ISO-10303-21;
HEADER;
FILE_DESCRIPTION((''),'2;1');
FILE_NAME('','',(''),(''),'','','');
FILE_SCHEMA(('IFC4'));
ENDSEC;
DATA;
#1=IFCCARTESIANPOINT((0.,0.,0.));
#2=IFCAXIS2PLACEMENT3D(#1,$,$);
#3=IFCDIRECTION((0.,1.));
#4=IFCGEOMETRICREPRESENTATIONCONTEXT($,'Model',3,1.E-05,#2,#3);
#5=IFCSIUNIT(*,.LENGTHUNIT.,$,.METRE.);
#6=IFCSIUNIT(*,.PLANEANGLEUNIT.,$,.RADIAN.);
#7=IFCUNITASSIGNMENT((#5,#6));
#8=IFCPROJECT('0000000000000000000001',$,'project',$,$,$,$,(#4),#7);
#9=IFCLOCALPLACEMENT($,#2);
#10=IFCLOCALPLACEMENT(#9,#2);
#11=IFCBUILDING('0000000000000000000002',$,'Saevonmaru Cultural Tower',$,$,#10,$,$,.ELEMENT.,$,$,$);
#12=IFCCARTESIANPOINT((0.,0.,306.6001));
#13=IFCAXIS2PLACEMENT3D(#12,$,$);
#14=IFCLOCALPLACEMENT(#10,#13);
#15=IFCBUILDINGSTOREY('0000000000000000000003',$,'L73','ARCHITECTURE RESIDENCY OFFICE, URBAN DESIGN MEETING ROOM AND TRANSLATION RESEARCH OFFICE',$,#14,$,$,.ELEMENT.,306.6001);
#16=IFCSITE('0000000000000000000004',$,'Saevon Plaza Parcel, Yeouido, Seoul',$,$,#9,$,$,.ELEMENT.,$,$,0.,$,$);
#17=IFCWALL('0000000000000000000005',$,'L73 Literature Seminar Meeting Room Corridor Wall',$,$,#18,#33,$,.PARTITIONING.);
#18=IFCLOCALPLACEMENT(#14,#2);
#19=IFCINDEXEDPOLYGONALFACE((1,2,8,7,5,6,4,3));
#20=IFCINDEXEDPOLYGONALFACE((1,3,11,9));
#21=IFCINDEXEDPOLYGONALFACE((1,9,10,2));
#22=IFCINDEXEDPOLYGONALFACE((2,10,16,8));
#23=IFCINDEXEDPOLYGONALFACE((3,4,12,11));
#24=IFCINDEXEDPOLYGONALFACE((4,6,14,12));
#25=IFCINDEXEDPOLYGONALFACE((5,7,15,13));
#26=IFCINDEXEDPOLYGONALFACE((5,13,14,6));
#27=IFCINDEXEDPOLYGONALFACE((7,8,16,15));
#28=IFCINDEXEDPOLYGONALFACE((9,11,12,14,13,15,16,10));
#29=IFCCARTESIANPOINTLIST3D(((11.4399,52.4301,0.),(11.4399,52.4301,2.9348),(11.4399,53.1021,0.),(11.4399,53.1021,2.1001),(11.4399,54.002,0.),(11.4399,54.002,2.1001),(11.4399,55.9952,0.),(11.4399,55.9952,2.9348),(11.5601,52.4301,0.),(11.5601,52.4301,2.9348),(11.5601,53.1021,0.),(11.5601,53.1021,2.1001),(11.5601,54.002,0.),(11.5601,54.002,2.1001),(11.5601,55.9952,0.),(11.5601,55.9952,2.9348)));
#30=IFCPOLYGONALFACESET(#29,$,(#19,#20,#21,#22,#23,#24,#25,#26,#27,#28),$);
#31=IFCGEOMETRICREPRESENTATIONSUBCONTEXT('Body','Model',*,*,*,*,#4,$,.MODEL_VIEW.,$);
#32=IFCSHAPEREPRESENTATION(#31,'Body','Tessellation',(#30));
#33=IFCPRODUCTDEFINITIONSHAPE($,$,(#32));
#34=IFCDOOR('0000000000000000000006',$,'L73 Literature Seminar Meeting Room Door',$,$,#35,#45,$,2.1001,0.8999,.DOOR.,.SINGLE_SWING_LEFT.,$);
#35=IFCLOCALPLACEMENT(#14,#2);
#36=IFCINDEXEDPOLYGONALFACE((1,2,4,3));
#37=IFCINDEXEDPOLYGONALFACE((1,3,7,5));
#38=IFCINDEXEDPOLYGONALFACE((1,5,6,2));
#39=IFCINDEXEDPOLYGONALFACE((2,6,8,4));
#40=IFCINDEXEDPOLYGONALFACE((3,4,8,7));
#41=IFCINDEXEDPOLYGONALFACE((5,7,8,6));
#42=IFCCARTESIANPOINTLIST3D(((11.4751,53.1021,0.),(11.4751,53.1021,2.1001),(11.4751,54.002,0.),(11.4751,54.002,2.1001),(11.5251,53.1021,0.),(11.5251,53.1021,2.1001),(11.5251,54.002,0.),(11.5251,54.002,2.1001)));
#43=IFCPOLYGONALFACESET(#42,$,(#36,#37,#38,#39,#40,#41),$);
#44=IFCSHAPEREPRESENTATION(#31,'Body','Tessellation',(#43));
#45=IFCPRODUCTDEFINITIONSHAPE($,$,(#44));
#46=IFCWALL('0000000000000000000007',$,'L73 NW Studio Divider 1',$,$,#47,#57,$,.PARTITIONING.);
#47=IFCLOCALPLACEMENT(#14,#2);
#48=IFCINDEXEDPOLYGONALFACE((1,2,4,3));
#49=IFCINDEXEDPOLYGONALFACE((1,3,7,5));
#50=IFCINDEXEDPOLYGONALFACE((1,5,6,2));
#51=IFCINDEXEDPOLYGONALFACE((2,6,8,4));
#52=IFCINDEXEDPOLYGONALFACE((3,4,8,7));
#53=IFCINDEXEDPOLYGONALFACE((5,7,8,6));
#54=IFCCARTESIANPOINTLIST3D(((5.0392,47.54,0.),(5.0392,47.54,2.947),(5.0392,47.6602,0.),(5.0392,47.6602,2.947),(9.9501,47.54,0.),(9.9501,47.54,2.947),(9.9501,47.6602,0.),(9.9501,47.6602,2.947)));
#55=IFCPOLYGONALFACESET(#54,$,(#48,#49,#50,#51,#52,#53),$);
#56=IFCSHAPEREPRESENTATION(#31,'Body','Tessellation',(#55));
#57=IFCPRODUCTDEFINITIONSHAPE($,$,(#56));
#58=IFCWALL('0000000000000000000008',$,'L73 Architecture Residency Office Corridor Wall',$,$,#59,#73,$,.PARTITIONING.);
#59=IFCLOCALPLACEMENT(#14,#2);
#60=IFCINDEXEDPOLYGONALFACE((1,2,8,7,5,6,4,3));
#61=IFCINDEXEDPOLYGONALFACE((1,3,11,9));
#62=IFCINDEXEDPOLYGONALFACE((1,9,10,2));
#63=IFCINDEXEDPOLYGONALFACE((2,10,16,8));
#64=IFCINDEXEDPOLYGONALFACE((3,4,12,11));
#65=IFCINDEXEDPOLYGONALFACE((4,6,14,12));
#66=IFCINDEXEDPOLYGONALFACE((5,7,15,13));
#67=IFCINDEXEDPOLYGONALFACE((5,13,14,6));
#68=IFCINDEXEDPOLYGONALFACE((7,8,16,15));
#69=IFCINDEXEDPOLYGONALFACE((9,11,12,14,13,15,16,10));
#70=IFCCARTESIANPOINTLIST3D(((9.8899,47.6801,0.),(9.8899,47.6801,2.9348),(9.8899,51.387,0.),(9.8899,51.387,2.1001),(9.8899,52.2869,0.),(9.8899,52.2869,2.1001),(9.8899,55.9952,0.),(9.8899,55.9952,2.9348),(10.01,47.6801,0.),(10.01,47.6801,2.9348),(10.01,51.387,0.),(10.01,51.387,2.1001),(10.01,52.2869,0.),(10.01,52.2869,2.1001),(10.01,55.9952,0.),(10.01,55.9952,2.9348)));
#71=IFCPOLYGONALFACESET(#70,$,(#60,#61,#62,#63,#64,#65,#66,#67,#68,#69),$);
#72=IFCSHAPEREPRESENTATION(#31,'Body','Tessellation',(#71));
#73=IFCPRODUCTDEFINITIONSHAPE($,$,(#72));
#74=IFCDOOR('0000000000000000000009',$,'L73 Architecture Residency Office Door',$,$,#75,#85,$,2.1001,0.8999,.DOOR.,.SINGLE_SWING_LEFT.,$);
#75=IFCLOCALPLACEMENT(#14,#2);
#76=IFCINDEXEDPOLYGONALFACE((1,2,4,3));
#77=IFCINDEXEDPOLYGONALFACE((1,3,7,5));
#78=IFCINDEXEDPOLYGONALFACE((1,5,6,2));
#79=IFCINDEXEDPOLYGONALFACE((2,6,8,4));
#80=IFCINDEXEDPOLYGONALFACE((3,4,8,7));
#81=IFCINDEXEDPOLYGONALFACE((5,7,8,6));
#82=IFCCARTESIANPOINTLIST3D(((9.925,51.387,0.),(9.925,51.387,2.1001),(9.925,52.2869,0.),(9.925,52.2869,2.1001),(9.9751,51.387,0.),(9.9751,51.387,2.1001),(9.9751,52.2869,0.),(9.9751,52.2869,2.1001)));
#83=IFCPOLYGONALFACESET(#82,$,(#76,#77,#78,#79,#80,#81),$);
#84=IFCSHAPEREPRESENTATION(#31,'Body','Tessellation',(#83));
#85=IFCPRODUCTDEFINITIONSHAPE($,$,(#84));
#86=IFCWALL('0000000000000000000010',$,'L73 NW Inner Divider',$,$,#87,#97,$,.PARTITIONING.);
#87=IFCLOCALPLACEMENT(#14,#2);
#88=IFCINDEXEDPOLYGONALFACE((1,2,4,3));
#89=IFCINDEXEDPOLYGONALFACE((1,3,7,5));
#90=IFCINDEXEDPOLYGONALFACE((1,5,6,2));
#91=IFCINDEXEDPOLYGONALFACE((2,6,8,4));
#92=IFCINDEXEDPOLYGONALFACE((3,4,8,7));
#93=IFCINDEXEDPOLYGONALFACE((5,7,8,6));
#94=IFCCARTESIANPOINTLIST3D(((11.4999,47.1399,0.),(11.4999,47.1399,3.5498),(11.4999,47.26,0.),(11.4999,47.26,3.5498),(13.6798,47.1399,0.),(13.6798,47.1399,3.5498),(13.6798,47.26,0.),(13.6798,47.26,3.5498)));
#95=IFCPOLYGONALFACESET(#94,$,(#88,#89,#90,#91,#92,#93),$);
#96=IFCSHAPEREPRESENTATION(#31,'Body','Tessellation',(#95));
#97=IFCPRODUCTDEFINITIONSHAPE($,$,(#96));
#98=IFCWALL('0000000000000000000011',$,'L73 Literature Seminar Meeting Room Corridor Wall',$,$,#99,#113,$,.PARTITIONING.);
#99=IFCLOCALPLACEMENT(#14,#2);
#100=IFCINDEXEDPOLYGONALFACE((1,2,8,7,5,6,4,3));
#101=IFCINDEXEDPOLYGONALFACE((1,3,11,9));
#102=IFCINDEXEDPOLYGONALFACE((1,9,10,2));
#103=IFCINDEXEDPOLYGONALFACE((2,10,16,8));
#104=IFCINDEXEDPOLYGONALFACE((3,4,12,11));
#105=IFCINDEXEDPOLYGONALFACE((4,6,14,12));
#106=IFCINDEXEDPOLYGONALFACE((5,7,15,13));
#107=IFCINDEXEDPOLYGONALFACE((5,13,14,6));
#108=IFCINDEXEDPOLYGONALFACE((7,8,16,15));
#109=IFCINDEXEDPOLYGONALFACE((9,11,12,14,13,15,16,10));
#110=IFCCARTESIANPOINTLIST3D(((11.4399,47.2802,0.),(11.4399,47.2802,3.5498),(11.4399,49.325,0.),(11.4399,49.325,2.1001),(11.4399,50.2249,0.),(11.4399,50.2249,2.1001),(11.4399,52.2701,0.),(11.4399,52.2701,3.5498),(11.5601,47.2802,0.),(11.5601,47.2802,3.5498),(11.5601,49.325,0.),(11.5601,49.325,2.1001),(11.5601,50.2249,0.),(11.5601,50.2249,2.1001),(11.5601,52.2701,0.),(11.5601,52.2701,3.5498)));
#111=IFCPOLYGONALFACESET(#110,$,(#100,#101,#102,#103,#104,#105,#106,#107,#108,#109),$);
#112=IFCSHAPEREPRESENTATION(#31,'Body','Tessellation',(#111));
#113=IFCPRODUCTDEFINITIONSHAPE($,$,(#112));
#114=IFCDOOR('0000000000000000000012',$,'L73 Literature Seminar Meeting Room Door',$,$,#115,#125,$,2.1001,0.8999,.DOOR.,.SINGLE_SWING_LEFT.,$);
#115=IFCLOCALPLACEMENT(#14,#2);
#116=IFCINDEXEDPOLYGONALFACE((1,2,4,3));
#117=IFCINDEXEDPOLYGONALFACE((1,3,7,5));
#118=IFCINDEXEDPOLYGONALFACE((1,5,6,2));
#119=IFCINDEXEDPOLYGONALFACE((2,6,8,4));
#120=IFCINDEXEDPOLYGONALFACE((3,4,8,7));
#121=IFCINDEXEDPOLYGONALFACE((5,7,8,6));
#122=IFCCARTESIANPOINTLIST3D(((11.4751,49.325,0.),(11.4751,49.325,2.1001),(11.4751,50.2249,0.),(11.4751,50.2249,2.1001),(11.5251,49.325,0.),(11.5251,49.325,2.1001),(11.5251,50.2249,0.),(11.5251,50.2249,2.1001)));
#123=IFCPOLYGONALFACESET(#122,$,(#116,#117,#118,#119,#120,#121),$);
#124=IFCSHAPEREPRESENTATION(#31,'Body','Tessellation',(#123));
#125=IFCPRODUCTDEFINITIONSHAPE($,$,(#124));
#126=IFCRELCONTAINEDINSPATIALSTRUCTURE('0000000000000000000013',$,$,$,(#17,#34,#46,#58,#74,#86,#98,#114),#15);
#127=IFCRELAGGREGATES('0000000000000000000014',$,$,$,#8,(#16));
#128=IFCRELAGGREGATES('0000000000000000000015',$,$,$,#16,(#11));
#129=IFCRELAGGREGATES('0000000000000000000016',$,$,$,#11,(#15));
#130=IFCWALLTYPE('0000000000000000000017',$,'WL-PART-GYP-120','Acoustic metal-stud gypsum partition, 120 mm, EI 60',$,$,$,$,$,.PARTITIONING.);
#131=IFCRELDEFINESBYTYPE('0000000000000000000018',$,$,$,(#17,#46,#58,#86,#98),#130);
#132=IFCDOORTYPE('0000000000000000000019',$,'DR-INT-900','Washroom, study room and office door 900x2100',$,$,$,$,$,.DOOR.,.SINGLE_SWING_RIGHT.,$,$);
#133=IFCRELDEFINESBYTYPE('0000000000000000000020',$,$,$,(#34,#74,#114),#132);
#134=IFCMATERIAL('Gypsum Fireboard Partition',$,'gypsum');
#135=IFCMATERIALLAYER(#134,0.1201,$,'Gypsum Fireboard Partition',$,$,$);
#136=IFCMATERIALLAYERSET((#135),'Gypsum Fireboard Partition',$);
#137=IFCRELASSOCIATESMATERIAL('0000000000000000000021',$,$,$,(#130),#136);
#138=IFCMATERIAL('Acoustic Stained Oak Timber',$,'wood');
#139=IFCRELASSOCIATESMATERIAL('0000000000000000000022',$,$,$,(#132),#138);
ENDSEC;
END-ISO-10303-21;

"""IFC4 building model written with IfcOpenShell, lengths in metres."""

from ifc_helpers import new_model, si_unit, direction, frame, frame_2d, origin, place, context, subcontext, project, spatial, rectangle, extrude, material, layer, layer_set, type_object, element, fill, save


model = new_model("IFC4")

# Units and contexts
model_context = context("Model", 3, precision=1e-05, world=origin(), true_north=direction((0.0, 1.0)))
body_context = subcontext(model_context, "Body", "Model", "MODEL_VIEW")
ifc_project = project(units=[si_unit("LENGTHUNIT", "METRE"), si_unit("PLANEANGLEUNIT", "RADIAN")], contexts=[model_context])

# Site, building, storey
site_placement = place(None, origin())
site = spatial("IfcSite", under=ifc_project, at=site_placement, Name="Saevon Plaza Parcel, Yeouido, Seoul", CompositionType="ELEMENT", RefElevation=0.0)
building_placement = place(site_placement, origin())
building = spatial("IfcBuilding", under=site, at=building_placement, Name="Saevonmaru Cultural Tower", CompositionType="ELEMENT")
storey_placement = place(building_placement, frame((0.0, 0.0, 306.6001)))
storey = spatial("IfcBuildingStorey", under=building, at=storey_placement, Name="L73", Description="ARCHITECTURE RESIDENCY OFFICE, URBAN DESIGN MEETING ROOM AND TRANSLATION RESEARCH OFFICE", CompositionType="ELEMENT", Elevation=306.6001)

# Shared definitions
ifc_material_1 = material(Name="Gypsum Fireboard Partition", Category="gypsum")
ifc_layer_1 = layer(ifc_material_1, 0.1201, Name="Gypsum Fireboard Partition")
ifc_layer_set_1 = layer_set([ifc_layer_1], Name="Gypsum Fireboard Partition")
wall_type_1 = type_object("IfcWallType", Name="WL-PART-GYP-120", Description="Acoustic metal-stud gypsum partition, 120 mm, EI 60", PredefinedType="PARTITIONING", material=ifc_layer_set_1)

# Wall, opening, door
wall_1_placement = place(storey_placement, frame((11.5, 52.4299, 0.0), z_axis=(0.0, 0.0, 1.0), x_axis=(0.0, 1.0, 0.0)))
wall_1 = element("IfcWall", 1, at=wall_1_placement, inside=storey, type_object=wall_type_1, Name="L73 Literature Seminar Meeting Room Corridor Wall", PredefinedType="PARTITIONING", context=body_context, shape_type="SweptSolid", body=[
    extrude(rectangle(XDim=3.5652, YDim=0.1201, at=frame_2d((1.7827, 0.0))), origin(), (0.0, 0.0, 1.0), 2.9348),
])
opening_1_placement = place(wall_1_placement, frame((0.6721, 0.0, 0.0)))
opening_1 = element("IfcOpeningElement", 2, at=opening_1_placement, cuts=wall_1, PredefinedType="OPENING", context=body_context, shape_type="SweptSolid", body=[
    extrude(rectangle(XDim=0.8999, YDim=2.1001, at=frame_2d((0.45, 1.05))), frame((0.0, 0.0701, 0.0), z_axis=(0.0, -1.0, 0.0), x_axis=(1.0, 0.0, 0.0)), (0.0, 0.0, 1.0), 0.1401),
])
ifc_material_2 = material(Name="Acoustic Stained Oak Timber", Category="wood")
door_type = type_object("IfcDoorType", Name="DR-INT-900", Description="Washroom, study room and office door 900x2100", OperationType="SINGLE_SWING_RIGHT", PredefinedType="DOOR", material=ifc_material_2)
door_1_placement = place(opening_1_placement, origin())
door_1 = element("IfcDoor", 3, at=door_1_placement, inside=storey, type_object=door_type, Name="L73 Literature Seminar Meeting Room Door", OperationType="SINGLE_SWING_LEFT", OverallHeight=2.1001, OverallWidth=0.8999, PredefinedType="DOOR", context=body_context, shape_type="SweptSolid", body=[
    extrude(rectangle(XDim=0.8999, YDim=2.1001, at=frame_2d((0.45, 1.05))), frame((0.0, 0.0249, 0.0), z_axis=(0.0, -1.0, 0.0), x_axis=(1.0, 0.0, 0.0)), (0.0, 0.0, 1.0), 0.05),
])
fill(opening_1, door_1)

# Wall
wall_2_placement = place(storey_placement, frame((5.0391, 47.6001, 0.0), z_axis=(0.0, 0.0, 1.0), x_axis=(1.0, 0.0, 0.0)))
element("IfcWall", 4, at=wall_2_placement, inside=storey, type_object=wall_type_1, Name="L73 NW Studio Divider 1", PredefinedType="PARTITIONING", context=body_context, shape_type="SweptSolid", body=[
    extrude(rectangle(XDim=4.9109, YDim=0.1201, at=frame_2d((2.4556, 0.0))), origin(), (0.0, 0.0, 1.0), 2.947),
])

# Wall, opening, door
wall_3_placement = place(storey_placement, frame((9.95, 47.6799, 0.0), z_axis=(0.0, 0.0, 1.0), x_axis=(0.0, 1.0, 0.0)))
wall_3 = element("IfcWall", 5, at=wall_3_placement, inside=storey, type_object=wall_type_1, Name="L73 Architecture Residency Office Corridor Wall", PredefinedType="PARTITIONING", context=body_context, shape_type="SweptSolid", body=[
    extrude(rectangle(XDim=8.3152, YDim=0.1201, at=frame_2d((4.1577, 0.0))), origin(), (0.0, 0.0, 1.0), 2.9348),
])
opening_2_placement = place(wall_3_placement, frame((3.707, 0.0, 0.0)))
opening_2 = element("IfcOpeningElement", 6, at=opening_2_placement, cuts=wall_3, PredefinedType="OPENING", context=body_context, shape_type="SweptSolid", body=[
    extrude(rectangle(XDim=0.8999, YDim=2.1001, at=frame_2d((0.45, 1.05))), frame((0.0, 0.0701, 0.0), z_axis=(0.0, -1.0, 0.0), x_axis=(1.0, 0.0, 0.0)), (0.0, 0.0, 1.0), 0.1401),
])
door_2_placement = place(opening_2_placement, origin())
door_2 = element("IfcDoor", 7, at=door_2_placement, inside=storey, type_object=door_type, Name="L73 Architecture Residency Office Door", OperationType="SINGLE_SWING_LEFT", OverallHeight=2.1001, OverallWidth=0.8999, PredefinedType="DOOR", context=body_context, shape_type="SweptSolid", body=[
    extrude(rectangle(XDim=0.8999, YDim=2.1001, at=frame_2d((0.45, 1.05))), frame((0.0, 0.0249, 0.0), z_axis=(0.0, -1.0, 0.0), x_axis=(1.0, 0.0, 0.0)), (0.0, 0.0, 1.0), 0.05),
])
fill(opening_2, door_2)

# Wall
wall_4_placement = place(storey_placement, frame((11.5, 47.2, 0.0), z_axis=(0.0, 0.0, 1.0), x_axis=(1.0, 0.0, 0.0)))
element("IfcWall", 8, at=wall_4_placement, inside=storey, type_object=wall_type_1, Name="L73 NW Inner Divider", PredefinedType="PARTITIONING", context=body_context, shape_type="SweptSolid", body=[
    extrude(rectangle(XDim=2.1799, YDim=0.1201, at=frame_2d((1.0898, 0.0))), origin(), (0.0, 0.0, 1.0), 3.5498),
])

# Wall, opening, door
wall_5_placement = place(storey_placement, frame((11.5, 47.28, 0.0), z_axis=(0.0, 0.0, 1.0), x_axis=(0.0, 1.0, 0.0)))
wall_5 = element("IfcWall", 9, at=wall_5_placement, inside=storey, type_object=wall_type_1, Name="L73 Literature Seminar Meeting Room Corridor Wall", PredefinedType="PARTITIONING", context=body_context, shape_type="SweptSolid", body=[
    extrude(rectangle(XDim=4.99, YDim=0.1201, at=frame_2d((2.4951, 0.0))), origin(), (0.0, 0.0, 1.0), 3.5498),
])
opening_3_placement = place(wall_5_placement, frame((2.0449, 0.0, 0.0)))
opening_3 = element("IfcOpeningElement", 10, at=opening_3_placement, cuts=wall_5, PredefinedType="OPENING", context=body_context, shape_type="SweptSolid", body=[
    extrude(rectangle(XDim=0.8999, YDim=2.1001, at=frame_2d((0.45, 1.05))), frame((0.0, 0.0701, 0.0), z_axis=(0.0, -1.0, 0.0), x_axis=(1.0, 0.0, 0.0)), (0.0, 0.0, 1.0), 0.1401),
])
door_3_placement = place(opening_3_placement, origin())
door_3 = element("IfcDoor", 11, at=door_3_placement, inside=storey, type_object=door_type, Name="L73 Literature Seminar Meeting Room Door", OperationType="SINGLE_SWING_LEFT", OverallHeight=2.1001, OverallWidth=0.8999, PredefinedType="DOOR", context=body_context, shape_type="SweptSolid", body=[
    extrude(rectangle(XDim=0.8999, YDim=2.1001, at=frame_2d((0.45, 1.05))), frame((0.0, 0.0249, 0.0), z_axis=(0.0, -1.0, 0.0), x_axis=(1.0, 0.0, 0.0)), (0.0, 0.0, 1.0), 0.05),
])
fill(opening_3, door_3)

save(model, "model.ifc")
